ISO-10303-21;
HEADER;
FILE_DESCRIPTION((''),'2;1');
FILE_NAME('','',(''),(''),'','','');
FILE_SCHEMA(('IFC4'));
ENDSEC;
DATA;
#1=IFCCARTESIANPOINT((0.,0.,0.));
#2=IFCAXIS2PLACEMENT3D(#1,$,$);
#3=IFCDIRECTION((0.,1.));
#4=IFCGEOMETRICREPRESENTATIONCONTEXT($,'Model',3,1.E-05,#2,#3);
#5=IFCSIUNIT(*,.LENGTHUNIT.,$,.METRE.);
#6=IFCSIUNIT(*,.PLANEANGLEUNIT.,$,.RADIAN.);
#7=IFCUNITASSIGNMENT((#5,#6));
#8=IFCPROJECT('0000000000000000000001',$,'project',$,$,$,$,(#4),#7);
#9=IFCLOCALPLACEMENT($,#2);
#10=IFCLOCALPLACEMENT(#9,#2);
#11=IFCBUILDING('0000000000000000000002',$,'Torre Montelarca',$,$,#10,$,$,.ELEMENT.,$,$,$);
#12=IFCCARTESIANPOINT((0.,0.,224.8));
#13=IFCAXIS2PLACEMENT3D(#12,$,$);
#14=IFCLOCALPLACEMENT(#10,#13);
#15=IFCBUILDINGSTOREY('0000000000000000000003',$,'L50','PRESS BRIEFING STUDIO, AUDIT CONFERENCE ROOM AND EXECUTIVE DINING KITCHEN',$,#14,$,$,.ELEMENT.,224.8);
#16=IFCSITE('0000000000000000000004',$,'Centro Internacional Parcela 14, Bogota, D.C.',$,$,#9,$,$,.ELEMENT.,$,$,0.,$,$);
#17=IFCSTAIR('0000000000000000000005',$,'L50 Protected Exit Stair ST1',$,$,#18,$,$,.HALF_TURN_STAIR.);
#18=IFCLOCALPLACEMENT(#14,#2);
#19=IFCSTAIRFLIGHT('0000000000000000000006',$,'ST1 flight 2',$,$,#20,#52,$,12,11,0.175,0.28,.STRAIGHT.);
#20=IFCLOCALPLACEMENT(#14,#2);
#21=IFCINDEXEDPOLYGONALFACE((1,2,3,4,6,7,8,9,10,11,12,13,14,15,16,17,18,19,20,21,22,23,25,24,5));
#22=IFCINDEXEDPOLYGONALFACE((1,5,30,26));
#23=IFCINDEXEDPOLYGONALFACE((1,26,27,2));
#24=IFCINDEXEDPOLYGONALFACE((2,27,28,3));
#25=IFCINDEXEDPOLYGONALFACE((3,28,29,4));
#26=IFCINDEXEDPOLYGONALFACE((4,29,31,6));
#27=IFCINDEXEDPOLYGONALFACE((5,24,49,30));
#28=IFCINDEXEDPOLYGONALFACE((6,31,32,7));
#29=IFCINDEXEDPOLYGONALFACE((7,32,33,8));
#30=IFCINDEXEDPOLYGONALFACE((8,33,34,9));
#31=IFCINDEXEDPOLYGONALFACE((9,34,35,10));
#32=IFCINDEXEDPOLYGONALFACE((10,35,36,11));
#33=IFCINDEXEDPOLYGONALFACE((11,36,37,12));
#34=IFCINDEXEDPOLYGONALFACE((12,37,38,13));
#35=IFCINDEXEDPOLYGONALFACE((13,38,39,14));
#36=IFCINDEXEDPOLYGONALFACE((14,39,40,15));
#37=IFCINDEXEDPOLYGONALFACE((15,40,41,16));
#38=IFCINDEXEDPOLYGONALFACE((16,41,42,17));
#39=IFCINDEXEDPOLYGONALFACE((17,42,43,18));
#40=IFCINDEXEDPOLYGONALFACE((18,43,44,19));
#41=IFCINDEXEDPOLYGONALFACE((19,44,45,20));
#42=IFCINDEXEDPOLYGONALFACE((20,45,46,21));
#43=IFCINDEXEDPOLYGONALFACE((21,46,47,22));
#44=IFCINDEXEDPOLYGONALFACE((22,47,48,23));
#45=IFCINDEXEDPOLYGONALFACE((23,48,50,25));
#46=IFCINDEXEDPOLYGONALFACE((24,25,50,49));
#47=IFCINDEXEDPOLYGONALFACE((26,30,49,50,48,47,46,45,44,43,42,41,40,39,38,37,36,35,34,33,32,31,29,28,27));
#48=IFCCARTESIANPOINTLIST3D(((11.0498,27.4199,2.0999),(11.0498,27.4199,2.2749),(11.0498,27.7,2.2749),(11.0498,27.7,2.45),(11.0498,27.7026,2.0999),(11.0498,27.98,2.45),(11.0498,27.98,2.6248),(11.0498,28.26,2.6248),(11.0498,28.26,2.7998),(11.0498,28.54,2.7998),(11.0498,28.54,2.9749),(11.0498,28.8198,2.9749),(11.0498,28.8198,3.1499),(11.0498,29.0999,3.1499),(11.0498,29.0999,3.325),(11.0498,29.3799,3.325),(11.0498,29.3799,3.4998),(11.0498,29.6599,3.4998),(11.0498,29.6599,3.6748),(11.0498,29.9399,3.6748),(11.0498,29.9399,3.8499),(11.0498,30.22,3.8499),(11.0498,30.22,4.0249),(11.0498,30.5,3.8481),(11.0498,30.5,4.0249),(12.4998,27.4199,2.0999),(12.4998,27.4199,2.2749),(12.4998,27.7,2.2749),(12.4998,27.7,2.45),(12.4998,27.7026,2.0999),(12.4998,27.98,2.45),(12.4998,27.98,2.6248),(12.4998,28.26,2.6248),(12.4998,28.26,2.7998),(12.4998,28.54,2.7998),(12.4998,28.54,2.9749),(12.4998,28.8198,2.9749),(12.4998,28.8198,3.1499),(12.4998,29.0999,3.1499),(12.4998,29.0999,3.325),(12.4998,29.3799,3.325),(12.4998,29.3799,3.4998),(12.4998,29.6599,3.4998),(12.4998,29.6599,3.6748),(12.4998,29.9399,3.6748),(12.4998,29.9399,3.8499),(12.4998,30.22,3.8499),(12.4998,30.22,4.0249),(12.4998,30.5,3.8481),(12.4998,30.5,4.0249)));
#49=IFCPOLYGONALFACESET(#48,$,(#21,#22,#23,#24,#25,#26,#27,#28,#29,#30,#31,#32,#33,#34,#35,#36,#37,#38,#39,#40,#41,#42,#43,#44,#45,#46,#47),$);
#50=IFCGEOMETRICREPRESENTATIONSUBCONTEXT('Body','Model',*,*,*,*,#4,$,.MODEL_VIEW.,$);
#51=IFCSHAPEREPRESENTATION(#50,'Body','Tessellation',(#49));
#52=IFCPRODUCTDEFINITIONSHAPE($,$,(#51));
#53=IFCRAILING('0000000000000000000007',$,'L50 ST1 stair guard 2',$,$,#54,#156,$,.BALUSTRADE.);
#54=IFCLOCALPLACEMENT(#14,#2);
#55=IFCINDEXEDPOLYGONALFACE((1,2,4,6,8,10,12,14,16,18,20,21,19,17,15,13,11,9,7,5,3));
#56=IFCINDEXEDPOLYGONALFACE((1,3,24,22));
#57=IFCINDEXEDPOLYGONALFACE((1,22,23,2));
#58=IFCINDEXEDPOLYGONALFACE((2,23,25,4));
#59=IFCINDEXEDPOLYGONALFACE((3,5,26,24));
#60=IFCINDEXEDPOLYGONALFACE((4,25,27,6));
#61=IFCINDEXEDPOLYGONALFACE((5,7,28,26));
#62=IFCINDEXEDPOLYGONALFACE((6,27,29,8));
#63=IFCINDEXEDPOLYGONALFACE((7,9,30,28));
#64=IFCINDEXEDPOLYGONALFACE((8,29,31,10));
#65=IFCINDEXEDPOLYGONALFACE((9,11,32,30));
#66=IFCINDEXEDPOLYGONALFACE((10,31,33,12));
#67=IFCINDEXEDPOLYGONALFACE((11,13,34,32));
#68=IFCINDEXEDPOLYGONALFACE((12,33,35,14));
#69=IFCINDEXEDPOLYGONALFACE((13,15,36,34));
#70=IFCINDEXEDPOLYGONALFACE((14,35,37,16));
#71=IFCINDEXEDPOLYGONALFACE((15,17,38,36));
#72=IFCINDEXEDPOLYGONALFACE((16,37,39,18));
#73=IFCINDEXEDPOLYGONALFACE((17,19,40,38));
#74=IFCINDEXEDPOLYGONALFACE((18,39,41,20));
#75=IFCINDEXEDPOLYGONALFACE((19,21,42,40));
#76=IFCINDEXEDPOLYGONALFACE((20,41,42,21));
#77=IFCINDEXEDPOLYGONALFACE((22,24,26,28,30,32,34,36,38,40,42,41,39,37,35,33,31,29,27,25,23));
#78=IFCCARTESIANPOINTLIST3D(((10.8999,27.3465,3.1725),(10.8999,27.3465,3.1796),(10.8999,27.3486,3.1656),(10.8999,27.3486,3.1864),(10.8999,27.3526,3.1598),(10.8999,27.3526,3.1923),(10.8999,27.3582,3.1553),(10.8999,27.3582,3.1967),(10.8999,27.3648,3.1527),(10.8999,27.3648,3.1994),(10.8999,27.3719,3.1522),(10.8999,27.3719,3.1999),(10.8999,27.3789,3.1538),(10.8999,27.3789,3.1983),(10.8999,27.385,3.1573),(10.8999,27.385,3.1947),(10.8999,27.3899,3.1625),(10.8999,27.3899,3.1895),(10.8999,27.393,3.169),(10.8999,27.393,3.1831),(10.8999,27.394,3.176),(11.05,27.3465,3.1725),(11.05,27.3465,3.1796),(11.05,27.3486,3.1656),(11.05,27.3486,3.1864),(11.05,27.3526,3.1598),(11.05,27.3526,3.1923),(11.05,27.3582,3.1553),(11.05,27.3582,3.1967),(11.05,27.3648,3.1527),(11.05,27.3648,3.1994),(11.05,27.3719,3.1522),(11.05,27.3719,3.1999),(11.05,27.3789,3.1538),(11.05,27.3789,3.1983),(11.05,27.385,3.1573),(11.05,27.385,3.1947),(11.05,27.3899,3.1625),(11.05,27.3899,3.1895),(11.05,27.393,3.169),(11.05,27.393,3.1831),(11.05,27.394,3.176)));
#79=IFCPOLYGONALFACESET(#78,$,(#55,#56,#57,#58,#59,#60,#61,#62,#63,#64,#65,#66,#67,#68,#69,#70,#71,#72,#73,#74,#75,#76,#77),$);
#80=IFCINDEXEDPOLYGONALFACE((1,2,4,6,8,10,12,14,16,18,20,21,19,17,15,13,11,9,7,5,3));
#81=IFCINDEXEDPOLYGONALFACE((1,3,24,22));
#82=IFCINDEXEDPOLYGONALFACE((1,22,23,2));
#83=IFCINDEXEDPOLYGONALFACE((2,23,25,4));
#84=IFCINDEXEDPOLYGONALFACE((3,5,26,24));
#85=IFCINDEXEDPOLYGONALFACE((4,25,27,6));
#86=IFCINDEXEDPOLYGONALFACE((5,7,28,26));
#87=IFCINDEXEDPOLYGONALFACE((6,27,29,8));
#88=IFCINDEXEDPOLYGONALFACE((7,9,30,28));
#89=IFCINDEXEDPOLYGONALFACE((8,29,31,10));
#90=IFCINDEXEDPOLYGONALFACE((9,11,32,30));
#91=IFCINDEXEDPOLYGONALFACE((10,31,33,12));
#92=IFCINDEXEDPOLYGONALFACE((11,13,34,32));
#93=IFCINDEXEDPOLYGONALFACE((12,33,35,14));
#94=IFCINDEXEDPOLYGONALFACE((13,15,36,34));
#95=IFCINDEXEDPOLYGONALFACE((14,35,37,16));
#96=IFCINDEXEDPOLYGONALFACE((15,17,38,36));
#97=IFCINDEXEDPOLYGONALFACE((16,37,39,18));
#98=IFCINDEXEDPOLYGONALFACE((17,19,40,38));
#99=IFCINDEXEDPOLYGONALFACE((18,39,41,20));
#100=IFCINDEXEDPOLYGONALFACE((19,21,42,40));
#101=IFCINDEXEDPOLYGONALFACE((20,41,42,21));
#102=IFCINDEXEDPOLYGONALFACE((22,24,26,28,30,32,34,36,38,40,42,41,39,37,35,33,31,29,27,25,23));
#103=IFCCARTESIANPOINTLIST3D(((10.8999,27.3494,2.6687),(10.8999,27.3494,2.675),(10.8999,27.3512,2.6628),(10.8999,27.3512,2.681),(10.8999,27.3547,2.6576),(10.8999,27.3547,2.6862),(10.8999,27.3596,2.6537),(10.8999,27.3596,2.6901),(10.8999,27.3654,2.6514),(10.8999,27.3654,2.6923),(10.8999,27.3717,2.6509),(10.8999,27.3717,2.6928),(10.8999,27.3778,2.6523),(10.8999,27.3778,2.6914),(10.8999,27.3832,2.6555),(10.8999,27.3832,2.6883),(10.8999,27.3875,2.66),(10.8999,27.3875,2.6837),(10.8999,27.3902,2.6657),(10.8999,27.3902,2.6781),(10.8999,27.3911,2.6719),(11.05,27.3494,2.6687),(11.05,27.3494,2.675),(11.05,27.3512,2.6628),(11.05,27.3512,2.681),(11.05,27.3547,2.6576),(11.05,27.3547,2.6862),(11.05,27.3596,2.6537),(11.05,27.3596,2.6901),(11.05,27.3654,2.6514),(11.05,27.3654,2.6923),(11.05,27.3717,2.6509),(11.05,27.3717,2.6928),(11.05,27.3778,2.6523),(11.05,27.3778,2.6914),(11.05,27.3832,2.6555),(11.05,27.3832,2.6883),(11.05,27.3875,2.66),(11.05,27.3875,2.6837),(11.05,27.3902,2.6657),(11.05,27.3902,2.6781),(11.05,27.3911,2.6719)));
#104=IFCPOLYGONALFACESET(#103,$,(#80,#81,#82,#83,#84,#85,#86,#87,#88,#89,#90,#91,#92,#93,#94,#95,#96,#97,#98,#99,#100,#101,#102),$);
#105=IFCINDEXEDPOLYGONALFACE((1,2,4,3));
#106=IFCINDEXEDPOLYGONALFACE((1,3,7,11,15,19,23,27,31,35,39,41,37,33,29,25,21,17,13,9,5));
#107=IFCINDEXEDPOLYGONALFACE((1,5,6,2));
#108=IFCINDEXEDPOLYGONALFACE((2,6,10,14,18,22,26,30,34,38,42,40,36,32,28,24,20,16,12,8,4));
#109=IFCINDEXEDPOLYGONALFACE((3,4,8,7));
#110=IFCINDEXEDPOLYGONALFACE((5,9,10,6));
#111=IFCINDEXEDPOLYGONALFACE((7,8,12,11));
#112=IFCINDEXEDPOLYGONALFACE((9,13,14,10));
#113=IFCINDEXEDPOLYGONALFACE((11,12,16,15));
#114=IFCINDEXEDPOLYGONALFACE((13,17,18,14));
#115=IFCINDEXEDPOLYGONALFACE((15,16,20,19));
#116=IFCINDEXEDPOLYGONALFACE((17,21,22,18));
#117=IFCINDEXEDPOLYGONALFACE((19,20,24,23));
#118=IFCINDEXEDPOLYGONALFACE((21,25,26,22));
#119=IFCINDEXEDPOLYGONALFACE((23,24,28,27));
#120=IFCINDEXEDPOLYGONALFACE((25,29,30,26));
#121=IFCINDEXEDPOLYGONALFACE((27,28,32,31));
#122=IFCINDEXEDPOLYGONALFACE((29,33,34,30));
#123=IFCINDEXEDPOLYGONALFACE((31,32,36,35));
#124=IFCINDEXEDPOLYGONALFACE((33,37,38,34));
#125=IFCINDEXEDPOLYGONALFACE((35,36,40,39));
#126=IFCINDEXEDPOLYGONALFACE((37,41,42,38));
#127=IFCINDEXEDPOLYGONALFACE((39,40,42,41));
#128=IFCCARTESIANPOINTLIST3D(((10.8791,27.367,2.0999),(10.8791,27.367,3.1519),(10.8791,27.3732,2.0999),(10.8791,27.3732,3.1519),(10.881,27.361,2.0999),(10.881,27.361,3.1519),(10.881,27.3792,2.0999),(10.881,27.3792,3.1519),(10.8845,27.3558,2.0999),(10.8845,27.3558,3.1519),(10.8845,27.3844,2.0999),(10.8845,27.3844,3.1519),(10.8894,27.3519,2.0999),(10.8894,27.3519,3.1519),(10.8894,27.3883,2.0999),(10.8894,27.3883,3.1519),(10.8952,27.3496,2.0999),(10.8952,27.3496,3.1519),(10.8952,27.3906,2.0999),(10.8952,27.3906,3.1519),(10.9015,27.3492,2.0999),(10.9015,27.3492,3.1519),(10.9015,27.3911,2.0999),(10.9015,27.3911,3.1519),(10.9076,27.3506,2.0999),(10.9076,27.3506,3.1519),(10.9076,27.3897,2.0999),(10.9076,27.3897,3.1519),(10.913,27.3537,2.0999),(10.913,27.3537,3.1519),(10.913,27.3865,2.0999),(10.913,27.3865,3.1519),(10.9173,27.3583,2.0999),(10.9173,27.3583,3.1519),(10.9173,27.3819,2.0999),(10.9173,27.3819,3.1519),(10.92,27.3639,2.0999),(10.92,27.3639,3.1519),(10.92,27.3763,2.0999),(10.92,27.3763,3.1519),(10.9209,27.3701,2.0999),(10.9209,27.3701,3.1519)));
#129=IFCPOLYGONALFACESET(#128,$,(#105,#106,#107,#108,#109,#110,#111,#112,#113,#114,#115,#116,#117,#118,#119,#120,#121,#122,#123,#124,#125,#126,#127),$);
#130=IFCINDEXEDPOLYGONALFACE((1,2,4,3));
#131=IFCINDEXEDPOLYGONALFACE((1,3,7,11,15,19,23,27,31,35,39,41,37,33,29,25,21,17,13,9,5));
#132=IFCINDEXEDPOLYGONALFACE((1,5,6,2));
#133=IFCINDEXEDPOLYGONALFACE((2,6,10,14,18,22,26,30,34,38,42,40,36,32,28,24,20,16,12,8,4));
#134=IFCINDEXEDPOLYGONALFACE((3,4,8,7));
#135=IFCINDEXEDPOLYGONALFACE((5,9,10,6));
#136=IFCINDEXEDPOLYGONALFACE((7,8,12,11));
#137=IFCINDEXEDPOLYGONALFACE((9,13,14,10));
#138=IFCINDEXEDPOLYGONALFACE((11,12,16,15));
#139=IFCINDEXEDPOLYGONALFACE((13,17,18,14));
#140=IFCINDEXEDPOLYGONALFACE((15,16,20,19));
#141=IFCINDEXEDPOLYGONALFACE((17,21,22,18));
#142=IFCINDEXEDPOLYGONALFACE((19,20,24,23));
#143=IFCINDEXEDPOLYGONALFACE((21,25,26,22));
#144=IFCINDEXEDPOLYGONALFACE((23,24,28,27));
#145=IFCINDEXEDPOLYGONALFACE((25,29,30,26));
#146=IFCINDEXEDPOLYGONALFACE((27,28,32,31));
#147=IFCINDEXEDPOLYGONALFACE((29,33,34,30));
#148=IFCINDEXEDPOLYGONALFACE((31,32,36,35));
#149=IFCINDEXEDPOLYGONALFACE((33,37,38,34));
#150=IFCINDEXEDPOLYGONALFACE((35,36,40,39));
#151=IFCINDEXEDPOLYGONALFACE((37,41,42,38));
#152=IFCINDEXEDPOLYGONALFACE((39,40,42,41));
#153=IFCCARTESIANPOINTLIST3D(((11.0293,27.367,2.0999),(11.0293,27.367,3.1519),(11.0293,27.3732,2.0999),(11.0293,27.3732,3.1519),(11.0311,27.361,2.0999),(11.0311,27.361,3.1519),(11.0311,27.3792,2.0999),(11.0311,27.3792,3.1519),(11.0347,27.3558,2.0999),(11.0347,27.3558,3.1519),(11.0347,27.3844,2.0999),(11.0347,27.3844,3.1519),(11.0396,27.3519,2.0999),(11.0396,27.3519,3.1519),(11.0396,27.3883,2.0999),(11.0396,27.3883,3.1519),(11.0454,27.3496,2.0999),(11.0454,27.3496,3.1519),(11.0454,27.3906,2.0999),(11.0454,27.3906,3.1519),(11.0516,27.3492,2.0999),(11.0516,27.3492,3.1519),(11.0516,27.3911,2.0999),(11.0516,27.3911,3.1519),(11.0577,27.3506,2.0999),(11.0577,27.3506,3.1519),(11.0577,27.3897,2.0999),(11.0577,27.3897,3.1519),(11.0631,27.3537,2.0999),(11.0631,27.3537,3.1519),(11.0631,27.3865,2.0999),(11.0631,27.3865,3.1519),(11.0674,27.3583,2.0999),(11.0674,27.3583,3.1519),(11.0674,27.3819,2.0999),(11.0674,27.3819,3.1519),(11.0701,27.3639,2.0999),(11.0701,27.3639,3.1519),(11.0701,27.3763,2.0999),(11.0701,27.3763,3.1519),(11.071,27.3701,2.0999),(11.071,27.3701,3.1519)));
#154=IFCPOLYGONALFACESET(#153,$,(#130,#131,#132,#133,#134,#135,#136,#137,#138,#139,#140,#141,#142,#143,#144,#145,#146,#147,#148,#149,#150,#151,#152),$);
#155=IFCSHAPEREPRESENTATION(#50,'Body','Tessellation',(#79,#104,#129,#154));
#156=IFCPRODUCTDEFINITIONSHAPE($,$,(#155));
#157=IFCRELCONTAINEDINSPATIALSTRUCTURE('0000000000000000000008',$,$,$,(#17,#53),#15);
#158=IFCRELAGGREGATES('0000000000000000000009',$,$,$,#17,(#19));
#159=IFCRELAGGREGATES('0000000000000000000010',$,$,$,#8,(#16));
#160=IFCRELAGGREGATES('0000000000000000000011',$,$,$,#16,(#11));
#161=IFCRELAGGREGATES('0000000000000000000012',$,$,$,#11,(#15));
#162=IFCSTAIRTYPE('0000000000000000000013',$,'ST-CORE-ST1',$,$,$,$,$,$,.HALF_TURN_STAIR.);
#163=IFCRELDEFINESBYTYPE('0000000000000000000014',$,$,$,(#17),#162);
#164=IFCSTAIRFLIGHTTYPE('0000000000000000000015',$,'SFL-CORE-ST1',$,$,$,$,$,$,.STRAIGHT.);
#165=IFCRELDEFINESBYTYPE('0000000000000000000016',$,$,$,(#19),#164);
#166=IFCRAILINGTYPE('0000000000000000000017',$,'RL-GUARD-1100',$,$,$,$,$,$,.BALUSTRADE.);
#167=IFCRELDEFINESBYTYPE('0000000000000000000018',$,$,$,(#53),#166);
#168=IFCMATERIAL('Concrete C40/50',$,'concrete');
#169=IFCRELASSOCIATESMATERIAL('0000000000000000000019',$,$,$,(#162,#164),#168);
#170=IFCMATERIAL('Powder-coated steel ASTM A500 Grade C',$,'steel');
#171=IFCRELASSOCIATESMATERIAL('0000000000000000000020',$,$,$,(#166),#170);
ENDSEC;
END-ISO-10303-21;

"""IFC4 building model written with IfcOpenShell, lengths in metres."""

from ifc_helpers import new_model, si_unit, direction, frame, origin, origin_2d, place, context, subcontext, project, spatial, polyline, circle, outline, extrude, material, type_object, element, aggregate, save


model = new_model("IFC4")

# Units and contexts
model_context = context("Model", 3, precision=1e-05, world=origin(), true_north=direction((0.0, 1.0)))
body_context = subcontext(model_context, "Body", "Model", "MODEL_VIEW")
ifc_project = project(units=[si_unit("LENGTHUNIT", "METRE"), si_unit("PLANEANGLEUNIT", "RADIAN")], contexts=[model_context])

# Site, building, storey
site_placement = place(None, origin())
site = spatial("IfcSite", under=ifc_project, at=site_placement, Name="Centro Internacional Parcela 14, Bogota, D.C.", CompositionType="ELEMENT", RefElevation=0.0)
building_placement = place(site_placement, origin())
building = spatial("IfcBuilding", under=site, at=building_placement, Name="Torre Montelarca", CompositionType="ELEMENT")
storey_placement = place(building_placement, frame((0.0, 0.0, 224.8)))
storey = spatial("IfcBuildingStorey", under=building, at=storey_placement, Name="L50", Description="PRESS BRIEFING STUDIO, AUDIT CONFERENCE ROOM AND EXECUTIVE DINING KITCHEN", CompositionType="ELEMENT", Elevation=224.8)

# Shared definitions
ifc_material_1 = material(Name="Concrete C40/50", Category="concrete")

# Stair, stair flight
stair_type = type_object("IfcStairType", Name="ST-CORE-ST1", PredefinedType="HALF_TURN_STAIR", material=ifc_material_1)
stair_placement = place(storey_placement, origin())
stair = element("IfcStair", 1, at=stair_placement, inside=storey, type_object=stair_type, Name="L50 Protected Exit Stair ST1", PredefinedType="HALF_TURN_STAIR")
stair_flight_type = type_object("IfcStairFlightType", Name="SFL-CORE-ST1", PredefinedType="STRAIGHT", material=ifc_material_1)
stair_flight_placement = place(storey_placement, frame((11.7749, 27.4199, 2.0999), z_axis=(0.0, 0.0, 1.0), x_axis=(0.0, 1.0, 0.0)))
stair_flight = element("IfcStairFlight", 2, at=stair_flight_placement, type_object=stair_flight_type, Name="ST1 flight 2", NumberOfRisers=12, NumberOfTreads=11, PredefinedType="STRAIGHT", RiserHeight=0.175, TreadLength=0.28, context=body_context, shape_type="SweptSolid", body=[
    extrude(outline(polyline([(0.0, 0.0), (0.0, 0.175), (0.28, 0.175), (0.28, 0.3501), (0.5601, 0.3501), (0.5601, 0.5249), (0.8401, 0.5249), (0.8401, 0.7), (1.1201, 0.7), (1.1201, 0.875), (1.3999, 0.875), (1.3999, 1.05), (1.6799, 1.05), (1.6799, 1.2251), (1.96, 1.2251), (1.96, 1.3999), (2.24, 1.3999), (2.24, 1.575), (2.52, 1.575), (2.52, 1.75), (2.8, 1.75), (2.8, 1.925), (3.0801, 1.925), (3.0801, 2.1001), (3.0801, 1.7483), (0.2827, 0.0), (0.0, 0.0)])), frame((0.0, 0.7251, 0.0), z_axis=(0.0, -1.0, 0.0), x_axis=(1.0, 0.0, 0.0)), (0.0, 0.0, 1.0), 1.45),
])
aggregate(stair, [stair_flight])

# Railing
ifc_material_2 = material(Name="Powder-coated steel ASTM A500 Grade C", Category="steel")
railing_type_1 = type_object("IfcRailingType", Name="RL-GUARD-1100", PredefinedType="BALUSTRADE", material=ifc_material_2)
railing_1_placement = place(storey_placement, frame((10.8999, 27.3701, 2.0999)))
element("IfcRailing", 3, at=railing_1_placement, inside=storey, type_object=railing_type_1, Name="L50 ST1 stair guard 2", PredefinedType="BALUSTRADE", context=body_context, shape_type="SweptSolid", body=[
    extrude(circle(Radius=0.0239, at=origin_2d()), frame((0.0, 0.0, 1.0762), z_axis=(1.0, 0.0, 0.0), x_axis=(0.0, 1.0, 0.0)), (0.0, 0.0, 1.0), 0.1501),
    extrude(circle(Radius=0.021, at=origin_2d()), frame((0.0, 0.0, 0.572), z_axis=(1.0, 0.0, 0.0), x_axis=(0.0, 1.0, 0.0)), (0.0, 0.0, 1.0), 0.1501),
    extrude(circle(Radius=0.021, at=origin_2d()), origin(), (0.0, 0.0, 1.0), 1.052),
    extrude(circle(Radius=0.021, at=origin_2d()), frame((0.1501, 0.0, 0.0)), (0.0, 0.0, 1.0), 1.052),
])

save(model, "model.ifc")
